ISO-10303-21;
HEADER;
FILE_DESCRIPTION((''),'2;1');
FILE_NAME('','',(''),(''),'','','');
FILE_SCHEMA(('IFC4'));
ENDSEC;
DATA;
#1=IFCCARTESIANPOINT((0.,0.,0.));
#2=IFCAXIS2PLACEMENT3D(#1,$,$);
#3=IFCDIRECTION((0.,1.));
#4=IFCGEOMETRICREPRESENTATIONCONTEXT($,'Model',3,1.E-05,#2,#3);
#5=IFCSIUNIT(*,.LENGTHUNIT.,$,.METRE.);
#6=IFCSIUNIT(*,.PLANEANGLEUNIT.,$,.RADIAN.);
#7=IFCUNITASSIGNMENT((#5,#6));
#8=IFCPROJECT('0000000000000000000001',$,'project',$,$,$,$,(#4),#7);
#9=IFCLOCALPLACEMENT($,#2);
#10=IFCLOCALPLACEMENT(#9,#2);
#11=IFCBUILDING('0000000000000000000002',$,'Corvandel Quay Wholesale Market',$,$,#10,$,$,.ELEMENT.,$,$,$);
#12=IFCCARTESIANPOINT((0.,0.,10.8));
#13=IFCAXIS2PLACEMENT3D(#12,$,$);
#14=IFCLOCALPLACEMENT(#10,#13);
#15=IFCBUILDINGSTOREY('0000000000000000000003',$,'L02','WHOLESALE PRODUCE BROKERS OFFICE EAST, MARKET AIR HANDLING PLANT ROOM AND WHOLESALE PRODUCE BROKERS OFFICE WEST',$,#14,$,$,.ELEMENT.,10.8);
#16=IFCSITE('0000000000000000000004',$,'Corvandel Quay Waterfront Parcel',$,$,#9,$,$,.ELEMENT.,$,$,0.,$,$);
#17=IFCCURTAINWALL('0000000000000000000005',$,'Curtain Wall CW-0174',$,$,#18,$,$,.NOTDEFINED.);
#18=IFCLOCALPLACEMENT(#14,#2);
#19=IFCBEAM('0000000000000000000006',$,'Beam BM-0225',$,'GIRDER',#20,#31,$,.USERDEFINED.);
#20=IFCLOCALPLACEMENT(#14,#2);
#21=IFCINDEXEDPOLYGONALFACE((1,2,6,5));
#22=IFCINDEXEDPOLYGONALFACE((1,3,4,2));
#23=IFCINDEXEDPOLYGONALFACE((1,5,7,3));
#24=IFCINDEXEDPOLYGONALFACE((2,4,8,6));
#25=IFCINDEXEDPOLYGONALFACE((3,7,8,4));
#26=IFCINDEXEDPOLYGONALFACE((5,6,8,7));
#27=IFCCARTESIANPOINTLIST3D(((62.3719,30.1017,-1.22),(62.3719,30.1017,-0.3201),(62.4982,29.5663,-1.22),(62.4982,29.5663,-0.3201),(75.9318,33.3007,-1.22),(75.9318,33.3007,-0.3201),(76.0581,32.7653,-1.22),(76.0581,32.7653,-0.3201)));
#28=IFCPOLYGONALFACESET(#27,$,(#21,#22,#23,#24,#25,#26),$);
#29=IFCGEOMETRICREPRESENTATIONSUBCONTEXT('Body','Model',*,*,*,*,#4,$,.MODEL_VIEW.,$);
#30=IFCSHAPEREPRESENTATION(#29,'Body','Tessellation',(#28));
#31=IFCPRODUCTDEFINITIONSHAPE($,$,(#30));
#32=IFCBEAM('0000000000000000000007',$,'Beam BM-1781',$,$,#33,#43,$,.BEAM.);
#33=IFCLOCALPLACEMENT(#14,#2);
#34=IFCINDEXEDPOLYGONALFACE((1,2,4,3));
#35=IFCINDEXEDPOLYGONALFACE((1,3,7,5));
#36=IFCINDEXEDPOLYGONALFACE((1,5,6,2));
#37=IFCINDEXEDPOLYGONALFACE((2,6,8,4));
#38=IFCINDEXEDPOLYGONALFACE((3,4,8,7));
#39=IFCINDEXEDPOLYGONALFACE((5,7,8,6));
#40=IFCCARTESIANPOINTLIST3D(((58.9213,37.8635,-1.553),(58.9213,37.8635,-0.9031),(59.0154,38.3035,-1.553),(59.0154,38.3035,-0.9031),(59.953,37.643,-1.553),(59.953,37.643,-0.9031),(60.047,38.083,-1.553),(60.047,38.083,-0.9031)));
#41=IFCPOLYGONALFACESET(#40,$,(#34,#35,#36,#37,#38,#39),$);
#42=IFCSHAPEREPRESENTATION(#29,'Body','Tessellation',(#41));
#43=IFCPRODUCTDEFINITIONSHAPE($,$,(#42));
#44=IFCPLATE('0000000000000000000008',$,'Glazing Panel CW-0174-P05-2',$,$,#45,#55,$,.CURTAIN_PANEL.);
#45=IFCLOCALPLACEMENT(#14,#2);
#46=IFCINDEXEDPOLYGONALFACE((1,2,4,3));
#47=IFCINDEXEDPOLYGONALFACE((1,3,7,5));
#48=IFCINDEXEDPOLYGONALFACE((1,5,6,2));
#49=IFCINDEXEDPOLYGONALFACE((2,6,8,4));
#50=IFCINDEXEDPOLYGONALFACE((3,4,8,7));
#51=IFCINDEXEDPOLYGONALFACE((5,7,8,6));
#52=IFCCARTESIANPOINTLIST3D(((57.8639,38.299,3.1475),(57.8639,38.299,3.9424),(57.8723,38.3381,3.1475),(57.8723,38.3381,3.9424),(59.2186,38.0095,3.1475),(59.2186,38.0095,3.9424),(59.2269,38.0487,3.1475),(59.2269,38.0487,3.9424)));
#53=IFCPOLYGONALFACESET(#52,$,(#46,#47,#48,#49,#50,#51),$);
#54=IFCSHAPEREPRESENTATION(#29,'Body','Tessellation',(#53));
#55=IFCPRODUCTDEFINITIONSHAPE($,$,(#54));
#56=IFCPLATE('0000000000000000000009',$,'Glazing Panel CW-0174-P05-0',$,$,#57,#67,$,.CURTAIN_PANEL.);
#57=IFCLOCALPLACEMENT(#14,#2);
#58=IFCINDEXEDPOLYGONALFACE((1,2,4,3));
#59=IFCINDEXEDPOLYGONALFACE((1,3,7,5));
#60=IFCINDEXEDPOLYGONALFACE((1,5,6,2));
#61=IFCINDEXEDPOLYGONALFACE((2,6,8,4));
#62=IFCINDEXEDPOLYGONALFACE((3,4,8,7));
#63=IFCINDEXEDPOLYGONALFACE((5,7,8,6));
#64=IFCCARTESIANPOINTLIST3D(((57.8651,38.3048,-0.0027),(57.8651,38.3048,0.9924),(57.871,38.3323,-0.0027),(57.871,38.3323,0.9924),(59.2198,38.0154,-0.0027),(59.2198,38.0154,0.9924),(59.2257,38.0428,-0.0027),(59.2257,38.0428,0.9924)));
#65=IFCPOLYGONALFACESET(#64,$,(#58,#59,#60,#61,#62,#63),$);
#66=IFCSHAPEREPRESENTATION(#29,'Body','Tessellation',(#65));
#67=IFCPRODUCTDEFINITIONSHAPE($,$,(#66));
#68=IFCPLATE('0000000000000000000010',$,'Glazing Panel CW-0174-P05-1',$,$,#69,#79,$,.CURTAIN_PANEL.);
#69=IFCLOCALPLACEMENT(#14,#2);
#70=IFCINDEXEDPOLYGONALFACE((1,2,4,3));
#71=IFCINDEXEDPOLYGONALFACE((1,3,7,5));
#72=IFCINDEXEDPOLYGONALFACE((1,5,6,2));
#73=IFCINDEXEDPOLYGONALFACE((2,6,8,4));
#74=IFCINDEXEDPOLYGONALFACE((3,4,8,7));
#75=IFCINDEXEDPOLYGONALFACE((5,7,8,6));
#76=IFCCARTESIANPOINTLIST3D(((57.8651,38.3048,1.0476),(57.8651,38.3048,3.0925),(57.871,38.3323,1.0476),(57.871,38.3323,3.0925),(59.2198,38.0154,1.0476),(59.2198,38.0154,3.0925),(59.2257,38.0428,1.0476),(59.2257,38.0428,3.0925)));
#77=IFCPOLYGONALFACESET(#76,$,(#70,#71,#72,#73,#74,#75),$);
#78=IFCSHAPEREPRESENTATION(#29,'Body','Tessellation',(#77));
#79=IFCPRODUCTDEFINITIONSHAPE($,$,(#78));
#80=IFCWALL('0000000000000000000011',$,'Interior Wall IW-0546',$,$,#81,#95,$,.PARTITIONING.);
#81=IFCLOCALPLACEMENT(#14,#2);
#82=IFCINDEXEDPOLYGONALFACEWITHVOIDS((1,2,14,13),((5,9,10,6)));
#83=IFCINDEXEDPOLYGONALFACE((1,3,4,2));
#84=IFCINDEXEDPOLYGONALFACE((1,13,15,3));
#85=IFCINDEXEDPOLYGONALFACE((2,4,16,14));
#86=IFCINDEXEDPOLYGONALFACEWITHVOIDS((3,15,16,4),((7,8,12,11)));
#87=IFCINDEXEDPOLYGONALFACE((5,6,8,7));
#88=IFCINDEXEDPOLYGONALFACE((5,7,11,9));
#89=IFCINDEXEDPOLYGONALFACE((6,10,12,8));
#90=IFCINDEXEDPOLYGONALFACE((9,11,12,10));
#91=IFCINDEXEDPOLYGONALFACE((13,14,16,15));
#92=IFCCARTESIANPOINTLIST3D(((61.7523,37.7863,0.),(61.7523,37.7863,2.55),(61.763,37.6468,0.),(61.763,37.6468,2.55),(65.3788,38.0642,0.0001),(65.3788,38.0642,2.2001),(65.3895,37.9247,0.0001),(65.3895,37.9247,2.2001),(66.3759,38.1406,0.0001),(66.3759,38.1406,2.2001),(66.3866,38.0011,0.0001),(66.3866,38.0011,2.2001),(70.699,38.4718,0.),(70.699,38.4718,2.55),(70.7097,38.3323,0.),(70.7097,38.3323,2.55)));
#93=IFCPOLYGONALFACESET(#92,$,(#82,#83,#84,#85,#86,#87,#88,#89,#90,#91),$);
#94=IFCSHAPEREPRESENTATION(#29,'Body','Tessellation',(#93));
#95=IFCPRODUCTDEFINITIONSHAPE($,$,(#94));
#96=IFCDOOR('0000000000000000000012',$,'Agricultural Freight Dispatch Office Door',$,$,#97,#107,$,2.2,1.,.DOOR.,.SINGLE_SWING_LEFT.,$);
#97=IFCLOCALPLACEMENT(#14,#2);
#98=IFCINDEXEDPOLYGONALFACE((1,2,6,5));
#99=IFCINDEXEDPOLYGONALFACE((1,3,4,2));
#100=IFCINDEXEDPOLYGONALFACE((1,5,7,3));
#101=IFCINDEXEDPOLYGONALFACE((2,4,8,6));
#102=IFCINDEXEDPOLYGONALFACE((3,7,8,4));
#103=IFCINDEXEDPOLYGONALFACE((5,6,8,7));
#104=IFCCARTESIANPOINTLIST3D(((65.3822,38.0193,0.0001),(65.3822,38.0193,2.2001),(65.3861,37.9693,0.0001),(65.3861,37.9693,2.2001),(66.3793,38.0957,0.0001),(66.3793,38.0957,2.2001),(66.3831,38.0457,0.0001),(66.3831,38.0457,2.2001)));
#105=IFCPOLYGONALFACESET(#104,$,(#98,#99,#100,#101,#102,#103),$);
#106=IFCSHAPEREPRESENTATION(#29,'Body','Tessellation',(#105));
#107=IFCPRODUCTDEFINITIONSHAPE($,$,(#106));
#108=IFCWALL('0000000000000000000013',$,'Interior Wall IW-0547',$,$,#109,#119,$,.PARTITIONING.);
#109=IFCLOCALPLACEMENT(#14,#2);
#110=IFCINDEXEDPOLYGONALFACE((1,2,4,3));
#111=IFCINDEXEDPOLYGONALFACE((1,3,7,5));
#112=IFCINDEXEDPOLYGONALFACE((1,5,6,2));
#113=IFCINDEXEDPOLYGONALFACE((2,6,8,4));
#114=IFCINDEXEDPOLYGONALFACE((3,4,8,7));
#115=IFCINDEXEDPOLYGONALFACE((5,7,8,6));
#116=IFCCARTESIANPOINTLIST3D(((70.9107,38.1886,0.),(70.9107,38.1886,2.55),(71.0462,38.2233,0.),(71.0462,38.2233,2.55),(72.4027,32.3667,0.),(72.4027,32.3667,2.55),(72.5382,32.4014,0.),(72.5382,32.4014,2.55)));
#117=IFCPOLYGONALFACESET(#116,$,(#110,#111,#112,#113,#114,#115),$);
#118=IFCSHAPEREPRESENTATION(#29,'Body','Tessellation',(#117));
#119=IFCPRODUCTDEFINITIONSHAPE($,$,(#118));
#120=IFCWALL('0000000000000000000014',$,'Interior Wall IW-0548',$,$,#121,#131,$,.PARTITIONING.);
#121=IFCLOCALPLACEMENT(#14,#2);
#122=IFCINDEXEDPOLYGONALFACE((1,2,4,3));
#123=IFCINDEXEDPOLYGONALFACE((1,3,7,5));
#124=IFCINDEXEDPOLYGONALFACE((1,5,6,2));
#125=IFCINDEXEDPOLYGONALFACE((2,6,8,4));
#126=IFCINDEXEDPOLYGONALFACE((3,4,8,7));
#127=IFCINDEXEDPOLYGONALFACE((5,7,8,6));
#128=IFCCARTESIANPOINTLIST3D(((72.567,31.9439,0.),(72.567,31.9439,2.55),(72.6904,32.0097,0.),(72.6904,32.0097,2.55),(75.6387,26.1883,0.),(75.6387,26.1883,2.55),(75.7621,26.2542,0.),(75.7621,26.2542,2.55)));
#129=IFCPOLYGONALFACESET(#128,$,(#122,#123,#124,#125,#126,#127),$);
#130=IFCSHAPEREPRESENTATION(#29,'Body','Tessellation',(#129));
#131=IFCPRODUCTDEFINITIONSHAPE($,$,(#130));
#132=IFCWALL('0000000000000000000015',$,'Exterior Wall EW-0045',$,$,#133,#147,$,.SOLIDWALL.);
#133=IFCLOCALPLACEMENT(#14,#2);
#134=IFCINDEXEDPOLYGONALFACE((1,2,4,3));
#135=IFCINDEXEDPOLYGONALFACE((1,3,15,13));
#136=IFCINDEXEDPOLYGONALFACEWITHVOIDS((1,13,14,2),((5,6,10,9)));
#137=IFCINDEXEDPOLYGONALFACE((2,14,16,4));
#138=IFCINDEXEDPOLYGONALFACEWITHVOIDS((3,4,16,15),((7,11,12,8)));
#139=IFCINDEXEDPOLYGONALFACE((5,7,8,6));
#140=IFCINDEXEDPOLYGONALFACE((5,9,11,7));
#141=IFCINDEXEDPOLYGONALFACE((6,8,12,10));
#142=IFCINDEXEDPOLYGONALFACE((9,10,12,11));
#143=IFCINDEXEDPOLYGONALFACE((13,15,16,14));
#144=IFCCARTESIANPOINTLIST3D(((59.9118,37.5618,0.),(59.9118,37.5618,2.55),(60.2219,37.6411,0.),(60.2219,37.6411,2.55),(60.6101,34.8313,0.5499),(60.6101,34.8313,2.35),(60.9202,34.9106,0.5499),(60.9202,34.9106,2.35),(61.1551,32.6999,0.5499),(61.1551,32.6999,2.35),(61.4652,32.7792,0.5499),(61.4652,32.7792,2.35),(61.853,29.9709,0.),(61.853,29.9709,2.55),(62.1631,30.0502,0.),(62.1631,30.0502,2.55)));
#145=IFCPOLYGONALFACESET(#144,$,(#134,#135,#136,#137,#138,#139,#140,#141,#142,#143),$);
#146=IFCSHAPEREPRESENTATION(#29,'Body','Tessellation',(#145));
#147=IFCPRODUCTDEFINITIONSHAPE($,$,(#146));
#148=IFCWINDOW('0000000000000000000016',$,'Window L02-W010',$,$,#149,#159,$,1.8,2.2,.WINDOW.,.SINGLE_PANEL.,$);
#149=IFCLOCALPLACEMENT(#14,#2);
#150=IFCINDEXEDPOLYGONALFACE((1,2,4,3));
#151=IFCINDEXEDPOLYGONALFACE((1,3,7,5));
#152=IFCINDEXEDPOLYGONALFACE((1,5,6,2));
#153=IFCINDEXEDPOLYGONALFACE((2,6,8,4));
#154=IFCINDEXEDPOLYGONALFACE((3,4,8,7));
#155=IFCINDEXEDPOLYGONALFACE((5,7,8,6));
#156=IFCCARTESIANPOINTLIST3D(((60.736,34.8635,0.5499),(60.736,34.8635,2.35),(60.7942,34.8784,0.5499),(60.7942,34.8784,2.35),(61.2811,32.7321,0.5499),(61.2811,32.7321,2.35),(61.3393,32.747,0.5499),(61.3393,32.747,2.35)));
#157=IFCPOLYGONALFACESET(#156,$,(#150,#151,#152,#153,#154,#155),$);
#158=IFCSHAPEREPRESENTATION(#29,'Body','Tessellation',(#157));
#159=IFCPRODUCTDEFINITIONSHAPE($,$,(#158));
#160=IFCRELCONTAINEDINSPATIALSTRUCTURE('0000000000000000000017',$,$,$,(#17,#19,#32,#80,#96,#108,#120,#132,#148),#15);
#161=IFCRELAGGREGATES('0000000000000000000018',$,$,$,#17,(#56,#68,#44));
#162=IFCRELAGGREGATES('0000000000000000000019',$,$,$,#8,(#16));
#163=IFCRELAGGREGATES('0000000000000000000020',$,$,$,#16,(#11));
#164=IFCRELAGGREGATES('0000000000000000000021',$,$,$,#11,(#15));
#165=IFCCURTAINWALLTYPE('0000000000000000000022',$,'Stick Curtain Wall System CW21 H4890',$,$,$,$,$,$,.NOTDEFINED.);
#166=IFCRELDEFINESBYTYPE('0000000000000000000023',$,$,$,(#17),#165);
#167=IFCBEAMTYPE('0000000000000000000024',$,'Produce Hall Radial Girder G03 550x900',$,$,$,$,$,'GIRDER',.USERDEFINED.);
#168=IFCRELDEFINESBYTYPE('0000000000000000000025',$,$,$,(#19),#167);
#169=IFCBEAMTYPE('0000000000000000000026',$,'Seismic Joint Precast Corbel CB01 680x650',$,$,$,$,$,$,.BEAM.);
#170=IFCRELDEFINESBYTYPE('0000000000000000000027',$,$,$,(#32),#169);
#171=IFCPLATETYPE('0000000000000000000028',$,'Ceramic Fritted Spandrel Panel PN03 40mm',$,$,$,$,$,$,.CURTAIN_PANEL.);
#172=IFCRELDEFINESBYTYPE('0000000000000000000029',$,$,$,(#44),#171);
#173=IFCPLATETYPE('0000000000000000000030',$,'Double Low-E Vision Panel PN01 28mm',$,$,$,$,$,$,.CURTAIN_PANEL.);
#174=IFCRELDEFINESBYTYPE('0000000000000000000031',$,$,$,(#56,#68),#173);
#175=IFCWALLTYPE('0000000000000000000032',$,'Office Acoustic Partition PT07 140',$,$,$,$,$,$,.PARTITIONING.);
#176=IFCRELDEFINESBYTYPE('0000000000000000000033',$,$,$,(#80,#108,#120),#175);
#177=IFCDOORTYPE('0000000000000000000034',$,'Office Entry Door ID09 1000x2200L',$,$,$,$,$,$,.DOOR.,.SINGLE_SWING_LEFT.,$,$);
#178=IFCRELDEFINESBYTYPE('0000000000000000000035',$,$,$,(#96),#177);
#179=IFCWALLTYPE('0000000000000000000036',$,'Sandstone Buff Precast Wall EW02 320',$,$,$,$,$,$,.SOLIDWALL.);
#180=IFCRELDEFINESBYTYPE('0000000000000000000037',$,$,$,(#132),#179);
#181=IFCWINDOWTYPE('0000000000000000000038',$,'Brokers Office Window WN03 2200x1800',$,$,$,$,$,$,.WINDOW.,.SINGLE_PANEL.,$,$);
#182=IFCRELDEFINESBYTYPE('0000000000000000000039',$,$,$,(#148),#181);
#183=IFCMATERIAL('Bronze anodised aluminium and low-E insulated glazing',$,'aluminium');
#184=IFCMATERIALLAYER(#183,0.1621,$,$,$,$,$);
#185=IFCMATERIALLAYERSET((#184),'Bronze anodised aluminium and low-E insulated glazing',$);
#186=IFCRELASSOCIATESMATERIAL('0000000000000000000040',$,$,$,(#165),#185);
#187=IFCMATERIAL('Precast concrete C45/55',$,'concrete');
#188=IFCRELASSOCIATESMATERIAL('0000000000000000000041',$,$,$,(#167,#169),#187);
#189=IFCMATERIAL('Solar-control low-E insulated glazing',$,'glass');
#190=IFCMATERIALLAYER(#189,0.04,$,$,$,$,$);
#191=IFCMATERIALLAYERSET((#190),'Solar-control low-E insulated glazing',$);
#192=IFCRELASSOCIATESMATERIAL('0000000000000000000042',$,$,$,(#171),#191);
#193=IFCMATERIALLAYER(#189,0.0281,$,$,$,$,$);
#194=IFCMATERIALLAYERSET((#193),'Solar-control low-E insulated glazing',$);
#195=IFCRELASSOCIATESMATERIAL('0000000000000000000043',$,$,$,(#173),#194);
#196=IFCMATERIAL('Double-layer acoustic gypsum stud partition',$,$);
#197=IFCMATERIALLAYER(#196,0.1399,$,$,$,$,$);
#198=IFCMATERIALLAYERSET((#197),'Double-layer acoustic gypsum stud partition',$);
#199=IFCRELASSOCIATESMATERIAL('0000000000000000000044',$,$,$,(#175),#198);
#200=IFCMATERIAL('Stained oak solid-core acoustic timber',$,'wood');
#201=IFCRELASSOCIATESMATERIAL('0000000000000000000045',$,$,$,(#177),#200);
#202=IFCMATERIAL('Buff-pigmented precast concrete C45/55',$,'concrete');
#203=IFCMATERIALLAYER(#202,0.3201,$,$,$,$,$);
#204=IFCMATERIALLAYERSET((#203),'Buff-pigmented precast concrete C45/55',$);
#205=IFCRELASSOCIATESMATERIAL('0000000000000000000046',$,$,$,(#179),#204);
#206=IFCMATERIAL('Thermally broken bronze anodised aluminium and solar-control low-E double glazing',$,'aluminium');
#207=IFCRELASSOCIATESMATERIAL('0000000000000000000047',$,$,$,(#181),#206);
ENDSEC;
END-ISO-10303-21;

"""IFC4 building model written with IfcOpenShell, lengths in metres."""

from ifc_helpers import new_model, si_unit, direction, frame, frame_2d, origin, origin_2d, place, context, subcontext, project, spatial, rectangle, extrude, material, layer, layer_set, material_profile, profile_set, type_object, element, fill, aggregate, save


model = new_model("IFC4")

# Units and contexts
model_context = context("Model", 3, precision=1e-05, world=origin(), true_north=direction((0.0, 1.0)))
body_context = subcontext(model_context, "Body", "Model", "MODEL_VIEW")
ifc_project = project(units=[si_unit("LENGTHUNIT", "METRE"), si_unit("PLANEANGLEUNIT", "RADIAN")], contexts=[model_context])

# Site, building, storey
site_placement = place(None, origin())
site = spatial("IfcSite", under=ifc_project, at=site_placement, Name="Corvandel Quay Waterfront Parcel", CompositionType="ELEMENT", RefElevation=0.0)
building_placement = place(site_placement, origin())
building = spatial("IfcBuilding", under=site, at=building_placement, Name="Corvandel Quay Wholesale Market", CompositionType="ELEMENT")
storey_placement = place(building_placement, frame((0.0, 0.0, 10.8)))
storey = spatial("IfcBuildingStorey", under=building, at=storey_placement, Name="L02", Description="WHOLESALE PRODUCE BROKERS OFFICE EAST, MARKET AIR HANDLING PLANT ROOM AND WHOLESALE PRODUCE BROKERS OFFICE WEST", CompositionType="ELEMENT", Elevation=10.8)

# Shared definitions
ifc_material_1 = material(Name="Precast concrete C45/55", Category="concrete")

# Curtain wall
ifc_material_2 = material(Name="Bronze anodised aluminium and low-E insulated glazing", Category="aluminium")
ifc_layer_1 = layer(ifc_material_2, 0.1621)
ifc_layer_set_1 = layer_set([ifc_layer_1], Name="Bronze anodised aluminium and low-E insulated glazing")
curtain_wall_type = type_object("IfcCurtainWallType", Name="Stick Curtain Wall System CW21 H4890", PredefinedType="NOTDEFINED", material=ifc_layer_set_1)
curtain_wall_placement = place(storey_placement, origin())
curtain_wall = element("IfcCurtainWall", 1, at=curtain_wall_placement, inside=storey, type_object=curtain_wall_type, Name="Curtain Wall CW-0174", PredefinedType="NOTDEFINED")

# Beams
ifc_material_profile_1 = material_profile(ifc_material_1, rectangle(XDim=0.55, YDim=0.8999, at=origin_2d()), Name="PC-GIR-550x900")
ifc_profile_set_1 = profile_set([ifc_material_profile_1], Name="Precast concrete C45/55")
beam_type_1 = type_object("IfcBeamType", Name="Produce Hall Radial Girder G03 550x900", ElementType="GIRDER", PredefinedType="USERDEFINED", material=ifc_profile_set_1)
beam_1_placement = place(storey_placement, frame((62.4351, 29.834, -0.77), z_axis=(0.973282, 0.229613, 0.0), x_axis=(-0.229613, 0.973282, 0.0)))
element("IfcBeam", 2, at=beam_1_placement, inside=storey, type_object=beam_type_1, Name="Beam BM-0225", ObjectType="GIRDER", PredefinedType="USERDEFINED", context=body_context, shape_type="SweptSolid", body=[
    extrude(rectangle(XDim=0.55, YDim=0.8999, at=origin_2d()), origin(), (0.0, 0.0, 1.0), 13.9321),
])
ifc_material_profile_2 = material_profile(ifc_material_1, rectangle(XDim=0.45, YDim=0.6499, at=origin_2d()), Name="PC-COR-680x650")
ifc_profile_set_2 = profile_set([ifc_material_profile_2], Name="Precast concrete C45/55")
beam_type_2 = type_object("IfcBeamType", Name="Seismic Joint Precast Corbel CB01 680x650", PredefinedType="BEAM", material=ifc_profile_set_2)
beam_2_placement = place(storey_placement, frame((60.0, 37.863, -1.228), z_axis=(-0.977924, 0.20896, 0.0), x_axis=(-0.20896, -0.977924, 0.0)))
element("IfcBeam", 3, at=beam_2_placement, inside=storey, type_object=beam_type_2, Name="Beam BM-1781", PredefinedType="BEAM", context=body_context, shape_type="SweptSolid", body=[
    extrude(rectangle(XDim=0.45, YDim=0.6499, at=origin_2d()), origin(), (0.0, 0.0, 1.0), 1.0549),
])

# Plates
ifc_material_3 = material(Name="Solar-control low-E insulated glazing", Category="glass")
ifc_layer_2 = layer(ifc_material_3, 0.04)
ifc_layer_set_2 = layer_set([ifc_layer_2], Name="Solar-control low-E insulated glazing")
plate_type_1 = type_object("IfcPlateType", Name="Ceramic Fritted Spandrel Panel PN03 40mm", PredefinedType="CURTAIN_PANEL", material=ifc_layer_set_2)
plate_1_placement = place(storey_placement, frame((58.5454, 38.1738, 3.1475), z_axis=(0.0, 0.0, 1.0), x_axis=(-0.977929, 0.208936, 0.0)))
plate_1 = element("IfcPlate", 4, at=plate_1_placement, type_object=plate_type_1, Name="Glazing Panel CW-0174-P05-2", PredefinedType="CURTAIN_PANEL", context=body_context, shape_type="SweptSolid", body=[
    extrude(rectangle(XDim=1.3853, YDim=0.04, at=origin_2d()), origin(), (0.0, 0.0, 1.0), 0.7949),
])
ifc_layer_3 = layer(ifc_material_3, 0.0281)
ifc_layer_set_3 = layer_set([ifc_layer_3], Name="Solar-control low-E insulated glazing")
plate_type_2 = type_object("IfcPlateType", Name="Double Low-E Vision Panel PN01 28mm", PredefinedType="CURTAIN_PANEL", material=ifc_layer_set_3)
plate_2_placement = place(storey_placement, frame((58.5454, 38.1738, -0.0027), z_axis=(0.0, 0.0, 1.0), x_axis=(-0.977929, 0.208936, 0.0)))
plate_2 = element("IfcPlate", 5, at=plate_2_placement, type_object=plate_type_2, Name="Glazing Panel CW-0174-P05-0", PredefinedType="CURTAIN_PANEL", context=body_context, shape_type="SweptSolid", body=[
    extrude(rectangle(XDim=1.3853, YDim=0.0281, at=origin_2d()), origin(), (0.0, 0.0, 1.0), 0.9951),
])
plate_3_placement = place(storey_placement, frame((58.5454, 38.1738, 1.0476), z_axis=(0.0, 0.0, 1.0), x_axis=(-0.977929, 0.208936, 0.0)))
plate_3 = element("IfcPlate", 6, at=plate_3_placement, type_object=plate_type_2, Name="Glazing Panel CW-0174-P05-1", PredefinedType="CURTAIN_PANEL", context=body_context, shape_type="SweptSolid", body=[
    extrude(rectangle(XDim=1.3853, YDim=0.0281, at=origin_2d()), origin(), (0.0, 0.0, 1.0), 2.0449),
])
aggregate(curtain_wall, [plate_2, plate_3, plate_1])

# Wall, opening, door
ifc_material_4 = material(Name="Double-layer acoustic gypsum stud partition")
ifc_layer_4 = layer(ifc_material_4, 0.1399)
ifc_layer_set_4 = layer_set([ifc_layer_4], Name="Double-layer acoustic gypsum stud partition")
wall_type_1 = type_object("IfcWallType", Name="Office Acoustic Partition PT07 140", PredefinedType="PARTITIONING", material=ifc_layer_set_4)
wall_1_placement = place(storey_placement, frame((61.7578, 37.7166, 0.0), z_axis=(0.0, 0.0, 1.0), x_axis=(0.997077, 0.076401, 0.0)))
wall_1 = element("IfcWall", 7, at=wall_1_placement, inside=storey, type_object=wall_type_1, Name="Interior Wall IW-0546", PredefinedType="PARTITIONING", context=body_context, shape_type="SweptSolid", body=[
    extrude(rectangle(XDim=8.9729, YDim=0.1399, at=frame_2d((4.4863, 0.0))), origin(), (0.0, 0.0, 1.0), 2.55),
])
opening_1_placement = place(wall_1_placement, frame((3.637, 0.0, 0.0)))
opening_1 = element("IfcOpeningElement", 8, at=opening_1_placement, cuts=wall_1, PredefinedType="OPENING", context=body_context, shape_type="SweptSolid", body=[
    extrude(rectangle(XDim=1.0, YDim=2.2, at=frame_2d((0.5, 1.1001))), frame((0.0, 0.0798, 0.0), z_axis=(0.0, -1.0, 0.0), x_axis=(1.0, 0.0, 0.0)), (0.0, 0.0, 1.0), 0.1599),
])
ifc_material_5 = material(Name="Stained oak solid-core acoustic timber", Category="wood")
door_type = type_object("IfcDoorType", Name="Office Entry Door ID09 1000x2200L", OperationType="SINGLE_SWING_LEFT", PredefinedType="DOOR", material=ifc_material_5)
door_placement = place(opening_1_placement, origin())
door = element("IfcDoor", 9, at=door_placement, inside=storey, type_object=door_type, Name="Agricultural Freight Dispatch Office Door", OperationType="SINGLE_SWING_LEFT", OverallHeight=2.2, OverallWidth=1.0, PredefinedType="DOOR", context=body_context, shape_type="SweptSolid", body=[
    extrude(rectangle(XDim=1.0, YDim=2.2, at=frame_2d((0.5, 1.1001))), frame((0.0, 0.0249, 0.0), z_axis=(0.0, -1.0, 0.0), x_axis=(1.0, 0.0, 0.0)), (0.0, 0.0, 1.0), 0.05),
])
fill(opening_1, door)

# Walls
wall_2_placement = place(storey_placement, frame((70.9785, 38.2058, 0.0), z_axis=(0.0, 0.0, 1.0), x_axis=(0.248247, -0.968697, 0.0)))
element("IfcWall", 10, at=wall_2_placement, inside=storey, type_object=wall_type_1, Name="Interior Wall IW-0547", PredefinedType="PARTITIONING", context=body_context, shape_type="SweptSolid", body=[
    extrude(rectangle(XDim=6.01, YDim=0.1399, at=frame_2d((3.0049, 0.0))), origin(), (0.0, 0.0, 1.0), 2.55),
])
wall_3_placement = place(storey_placement, frame((72.6287, 31.9768, 0.0), z_axis=(0.0, 0.0, 1.0), x_axis=(0.470841, -0.882218, 0.0)))
element("IfcWall", 11, at=wall_3_placement, inside=storey, type_object=wall_type_1, Name="Interior Wall IW-0548", PredefinedType="PARTITIONING", context=body_context, shape_type="SweptSolid", body=[
    extrude(rectangle(XDim=6.5239, YDim=0.1399, at=frame_2d((3.262, 0.0))), origin(), (0.0, 0.0, 1.0), 2.55),
])

# Wall, opening, window
ifc_material_6 = material(Name="Buff-pigmented precast concrete C45/55", Category="concrete")
ifc_layer_5 = layer(ifc_material_6, 0.3201)
ifc_layer_set_5 = layer_set([ifc_layer_5], Name="Buff-pigmented precast concrete C45/55")
wall_type_2 = type_object("IfcWallType", Name="Sandstone Buff Precast Wall EW02 320", PredefinedType="SOLIDWALL", material=ifc_layer_set_5)
wall_4_placement = place(storey_placement, frame((60.0669, 37.6013, 0.0), z_axis=(0.0, 0.0, 1.0), x_axis=(0.247752, -0.968823, 0.0)))
wall_4 = element("IfcWall", 12, at=wall_4_placement, inside=storey, type_object=wall_type_2, Name="Exterior Wall EW-0045", PredefinedType="SOLIDWALL", context=body_context, shape_type="SweptSolid", body=[
    extrude(rectangle(XDim=7.8352, YDim=0.3201, at=frame_2d((3.9175, 0.0))), origin(), (0.0, 0.0, 1.0), 2.55),
])
opening_2_placement = place(wall_4_placement, frame((2.8181, 0.0, 0.55)))
opening_2 = element("IfcOpeningElement", 13, at=opening_2_placement, cuts=wall_4, PredefinedType="OPENING", context=body_context, shape_type="SweptSolid", body=[
    extrude(rectangle(XDim=2.2, YDim=1.8, at=frame_2d((1.1001, 0.8999))), frame((0.0, 0.1699, 0.0), z_axis=(0.0, -1.0, 0.0), x_axis=(1.0, 0.0, 0.0)), (0.0, 0.0, 1.0), 0.3401),
])
ifc_material_7 = material(Name="Thermally broken bronze anodised aluminium and solar-control low-E double glazing", Category="aluminium")
window_type_1 = type_object("IfcWindowType", Name="Brokers Office Window WN03 2200x1800", PartitioningType="SINGLE_PANEL", PredefinedType="WINDOW", material=ifc_material_7)
window_1_placement = place(opening_2_placement, origin())
window_1 = element("IfcWindow", 14, at=window_1_placement, inside=storey, type_object=window_type_1, Name="Window L02-W010", OverallHeight=1.8, OverallWidth=2.2, PartitioningType="SINGLE_PANEL", PredefinedType="WINDOW", context=body_context, shape_type="SweptSolid", body=[
    extrude(rectangle(XDim=2.2, YDim=1.8, at=frame_2d((1.1001, 0.8999))), frame((0.0, 0.03, 0.0), z_axis=(0.0, -1.0, 0.0), x_axis=(1.0, 0.0, 0.0)), (0.0, 0.0, 1.0), 0.0601),
])
fill(opening_2, window_1)

save(model, "model.ifc")
